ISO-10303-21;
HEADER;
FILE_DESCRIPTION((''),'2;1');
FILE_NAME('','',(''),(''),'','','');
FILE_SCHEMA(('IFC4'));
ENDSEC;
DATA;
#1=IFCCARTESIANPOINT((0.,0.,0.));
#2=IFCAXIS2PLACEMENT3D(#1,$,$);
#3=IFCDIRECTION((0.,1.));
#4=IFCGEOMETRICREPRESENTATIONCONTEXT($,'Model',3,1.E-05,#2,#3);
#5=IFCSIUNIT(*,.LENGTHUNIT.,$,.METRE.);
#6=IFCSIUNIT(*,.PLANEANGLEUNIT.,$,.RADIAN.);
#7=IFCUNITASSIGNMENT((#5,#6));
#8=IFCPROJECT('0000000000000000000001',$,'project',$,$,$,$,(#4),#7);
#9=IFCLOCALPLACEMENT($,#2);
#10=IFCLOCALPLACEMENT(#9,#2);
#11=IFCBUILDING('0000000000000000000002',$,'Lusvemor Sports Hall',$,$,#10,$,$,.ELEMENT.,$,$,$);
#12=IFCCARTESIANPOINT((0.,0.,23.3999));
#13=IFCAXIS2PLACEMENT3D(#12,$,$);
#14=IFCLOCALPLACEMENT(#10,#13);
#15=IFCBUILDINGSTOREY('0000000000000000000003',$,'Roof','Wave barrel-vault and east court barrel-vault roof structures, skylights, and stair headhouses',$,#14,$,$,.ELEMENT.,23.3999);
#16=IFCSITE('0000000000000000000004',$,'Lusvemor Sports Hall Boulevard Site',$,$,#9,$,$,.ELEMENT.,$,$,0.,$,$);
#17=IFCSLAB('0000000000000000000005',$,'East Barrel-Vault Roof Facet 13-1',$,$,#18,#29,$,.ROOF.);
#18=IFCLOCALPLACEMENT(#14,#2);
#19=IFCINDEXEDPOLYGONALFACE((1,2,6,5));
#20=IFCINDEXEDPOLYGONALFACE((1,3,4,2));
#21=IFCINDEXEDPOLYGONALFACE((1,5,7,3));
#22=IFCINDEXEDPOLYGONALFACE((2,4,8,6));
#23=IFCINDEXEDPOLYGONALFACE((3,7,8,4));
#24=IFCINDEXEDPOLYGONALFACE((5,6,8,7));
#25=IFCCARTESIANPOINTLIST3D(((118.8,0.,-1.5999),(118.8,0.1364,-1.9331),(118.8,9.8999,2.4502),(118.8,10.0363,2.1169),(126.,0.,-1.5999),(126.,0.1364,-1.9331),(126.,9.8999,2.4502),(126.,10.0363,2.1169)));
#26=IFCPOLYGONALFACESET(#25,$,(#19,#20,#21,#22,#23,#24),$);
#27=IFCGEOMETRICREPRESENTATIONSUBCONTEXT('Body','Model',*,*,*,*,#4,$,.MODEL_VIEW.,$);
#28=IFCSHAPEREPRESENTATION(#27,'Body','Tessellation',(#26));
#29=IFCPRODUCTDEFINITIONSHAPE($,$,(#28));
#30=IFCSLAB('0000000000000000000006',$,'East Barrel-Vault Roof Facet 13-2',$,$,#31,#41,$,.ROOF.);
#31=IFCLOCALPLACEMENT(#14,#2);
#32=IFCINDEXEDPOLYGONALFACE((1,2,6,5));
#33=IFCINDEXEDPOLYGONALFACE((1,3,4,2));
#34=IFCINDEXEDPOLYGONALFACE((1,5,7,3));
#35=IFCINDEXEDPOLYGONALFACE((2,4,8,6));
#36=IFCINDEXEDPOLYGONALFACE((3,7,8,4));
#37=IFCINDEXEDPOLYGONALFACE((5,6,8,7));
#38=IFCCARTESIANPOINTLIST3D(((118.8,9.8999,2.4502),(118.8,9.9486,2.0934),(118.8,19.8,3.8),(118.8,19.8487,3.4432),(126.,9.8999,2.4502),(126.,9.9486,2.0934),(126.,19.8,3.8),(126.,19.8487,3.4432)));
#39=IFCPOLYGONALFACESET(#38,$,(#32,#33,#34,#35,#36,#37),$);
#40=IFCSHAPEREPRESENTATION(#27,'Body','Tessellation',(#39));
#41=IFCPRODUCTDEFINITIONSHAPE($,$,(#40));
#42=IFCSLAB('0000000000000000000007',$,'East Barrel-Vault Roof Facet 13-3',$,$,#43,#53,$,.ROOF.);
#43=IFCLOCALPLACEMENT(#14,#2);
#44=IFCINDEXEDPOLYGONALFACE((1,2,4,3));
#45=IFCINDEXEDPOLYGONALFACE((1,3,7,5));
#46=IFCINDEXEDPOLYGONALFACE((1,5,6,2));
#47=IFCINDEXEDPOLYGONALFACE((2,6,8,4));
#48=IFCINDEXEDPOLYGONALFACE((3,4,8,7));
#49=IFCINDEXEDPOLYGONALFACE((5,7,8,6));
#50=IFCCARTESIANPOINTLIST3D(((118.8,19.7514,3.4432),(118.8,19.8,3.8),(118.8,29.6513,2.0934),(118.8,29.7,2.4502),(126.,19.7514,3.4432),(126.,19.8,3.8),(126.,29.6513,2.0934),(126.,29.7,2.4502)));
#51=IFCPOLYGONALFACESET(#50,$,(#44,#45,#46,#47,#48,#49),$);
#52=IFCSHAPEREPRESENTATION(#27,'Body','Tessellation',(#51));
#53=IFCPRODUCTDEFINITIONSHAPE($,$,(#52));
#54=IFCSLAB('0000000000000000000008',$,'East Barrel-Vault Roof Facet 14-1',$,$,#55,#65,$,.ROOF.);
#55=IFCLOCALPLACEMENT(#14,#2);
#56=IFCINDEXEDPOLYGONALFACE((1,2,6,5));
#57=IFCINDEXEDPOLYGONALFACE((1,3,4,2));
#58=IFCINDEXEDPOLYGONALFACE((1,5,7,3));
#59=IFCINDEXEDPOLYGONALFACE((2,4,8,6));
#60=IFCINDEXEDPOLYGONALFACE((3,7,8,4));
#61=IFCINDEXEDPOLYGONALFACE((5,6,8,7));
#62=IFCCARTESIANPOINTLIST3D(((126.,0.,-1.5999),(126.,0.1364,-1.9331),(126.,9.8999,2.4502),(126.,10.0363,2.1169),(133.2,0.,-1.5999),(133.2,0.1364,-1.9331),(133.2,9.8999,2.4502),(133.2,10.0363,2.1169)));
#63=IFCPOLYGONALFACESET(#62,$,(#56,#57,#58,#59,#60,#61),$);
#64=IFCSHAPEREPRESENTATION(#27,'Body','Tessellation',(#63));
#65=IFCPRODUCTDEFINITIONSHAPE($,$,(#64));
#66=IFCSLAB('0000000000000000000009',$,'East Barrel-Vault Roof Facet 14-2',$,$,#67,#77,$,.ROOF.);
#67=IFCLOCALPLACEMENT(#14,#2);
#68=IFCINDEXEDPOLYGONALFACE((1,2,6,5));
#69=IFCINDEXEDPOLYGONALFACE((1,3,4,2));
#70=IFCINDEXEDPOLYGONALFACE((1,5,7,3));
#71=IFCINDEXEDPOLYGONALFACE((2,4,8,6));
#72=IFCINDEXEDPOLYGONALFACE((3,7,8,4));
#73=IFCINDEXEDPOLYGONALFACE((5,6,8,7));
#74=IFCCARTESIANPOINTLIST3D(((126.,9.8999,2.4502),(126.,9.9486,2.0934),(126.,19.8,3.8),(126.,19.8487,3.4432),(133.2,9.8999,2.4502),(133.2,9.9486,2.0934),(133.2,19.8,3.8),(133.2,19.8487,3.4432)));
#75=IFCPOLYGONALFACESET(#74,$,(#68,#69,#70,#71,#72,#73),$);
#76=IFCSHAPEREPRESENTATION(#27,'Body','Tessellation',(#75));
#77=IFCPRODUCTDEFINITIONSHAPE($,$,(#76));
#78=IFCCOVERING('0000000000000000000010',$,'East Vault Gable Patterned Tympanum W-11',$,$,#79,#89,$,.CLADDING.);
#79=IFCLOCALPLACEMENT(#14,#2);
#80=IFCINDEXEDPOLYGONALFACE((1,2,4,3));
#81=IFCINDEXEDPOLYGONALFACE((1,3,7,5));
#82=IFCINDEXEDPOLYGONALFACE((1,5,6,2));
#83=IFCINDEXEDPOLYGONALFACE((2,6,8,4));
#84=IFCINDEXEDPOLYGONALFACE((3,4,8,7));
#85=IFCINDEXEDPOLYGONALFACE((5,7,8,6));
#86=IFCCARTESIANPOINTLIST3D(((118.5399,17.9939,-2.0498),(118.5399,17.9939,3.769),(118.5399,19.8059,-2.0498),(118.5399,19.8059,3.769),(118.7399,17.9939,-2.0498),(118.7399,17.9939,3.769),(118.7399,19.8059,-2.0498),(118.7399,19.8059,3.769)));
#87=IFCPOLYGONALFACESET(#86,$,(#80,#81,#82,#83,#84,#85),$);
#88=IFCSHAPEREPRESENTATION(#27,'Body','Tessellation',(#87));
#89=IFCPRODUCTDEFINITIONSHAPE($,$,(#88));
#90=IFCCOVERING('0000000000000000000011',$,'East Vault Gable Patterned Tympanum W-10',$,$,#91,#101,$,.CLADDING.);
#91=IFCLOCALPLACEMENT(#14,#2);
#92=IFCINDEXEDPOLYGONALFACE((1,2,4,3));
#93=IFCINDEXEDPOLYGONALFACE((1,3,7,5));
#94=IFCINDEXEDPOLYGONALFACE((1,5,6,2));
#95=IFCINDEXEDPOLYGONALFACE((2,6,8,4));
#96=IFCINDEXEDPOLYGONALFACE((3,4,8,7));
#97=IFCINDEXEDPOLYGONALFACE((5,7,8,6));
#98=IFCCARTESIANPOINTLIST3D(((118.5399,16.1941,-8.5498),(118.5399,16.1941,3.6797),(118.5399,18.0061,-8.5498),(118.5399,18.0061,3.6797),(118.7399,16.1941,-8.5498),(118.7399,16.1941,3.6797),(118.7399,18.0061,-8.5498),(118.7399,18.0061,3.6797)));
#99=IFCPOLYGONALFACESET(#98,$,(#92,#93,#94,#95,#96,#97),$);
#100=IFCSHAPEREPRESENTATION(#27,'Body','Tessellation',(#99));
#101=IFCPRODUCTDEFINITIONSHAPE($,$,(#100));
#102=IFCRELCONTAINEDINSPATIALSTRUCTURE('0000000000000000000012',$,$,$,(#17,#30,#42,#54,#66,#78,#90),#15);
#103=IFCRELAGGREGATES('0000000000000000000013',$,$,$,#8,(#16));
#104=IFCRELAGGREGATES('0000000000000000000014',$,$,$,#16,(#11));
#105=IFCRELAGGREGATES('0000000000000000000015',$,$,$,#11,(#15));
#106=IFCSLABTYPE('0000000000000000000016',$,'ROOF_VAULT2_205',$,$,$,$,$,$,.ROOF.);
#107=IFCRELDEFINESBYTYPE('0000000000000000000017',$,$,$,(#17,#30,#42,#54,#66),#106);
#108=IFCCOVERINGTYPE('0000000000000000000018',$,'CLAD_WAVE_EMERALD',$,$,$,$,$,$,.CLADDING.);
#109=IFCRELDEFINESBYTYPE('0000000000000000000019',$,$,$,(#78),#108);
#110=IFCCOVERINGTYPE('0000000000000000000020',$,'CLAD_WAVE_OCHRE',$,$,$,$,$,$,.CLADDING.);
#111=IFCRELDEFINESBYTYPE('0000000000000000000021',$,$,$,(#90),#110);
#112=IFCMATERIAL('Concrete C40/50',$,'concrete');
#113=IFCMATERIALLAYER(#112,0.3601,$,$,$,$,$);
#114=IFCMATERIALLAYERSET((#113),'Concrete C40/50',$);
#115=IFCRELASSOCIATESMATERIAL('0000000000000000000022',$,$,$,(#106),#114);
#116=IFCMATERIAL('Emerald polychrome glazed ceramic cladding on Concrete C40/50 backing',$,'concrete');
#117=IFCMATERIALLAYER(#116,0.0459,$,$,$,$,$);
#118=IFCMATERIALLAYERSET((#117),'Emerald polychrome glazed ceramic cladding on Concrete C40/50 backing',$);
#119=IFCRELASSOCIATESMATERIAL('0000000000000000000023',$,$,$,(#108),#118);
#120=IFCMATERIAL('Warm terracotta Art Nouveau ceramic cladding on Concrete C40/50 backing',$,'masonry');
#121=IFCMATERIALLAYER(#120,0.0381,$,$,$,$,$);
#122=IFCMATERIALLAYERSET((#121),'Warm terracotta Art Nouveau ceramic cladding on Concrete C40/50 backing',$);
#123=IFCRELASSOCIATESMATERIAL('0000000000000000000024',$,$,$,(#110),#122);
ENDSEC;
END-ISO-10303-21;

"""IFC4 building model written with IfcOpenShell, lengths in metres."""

from ifc_helpers import new_model, si_unit, direction, frame, origin, origin_2d, place, context, subcontext, project, spatial, polyline, rectangle, outline, extrude, material, layer, layer_set, type_object, element, save


model = new_model("IFC4")

# Units and contexts
model_context = context("Model", 3, precision=1e-05, world=origin(), true_north=direction((0.0, 1.0)))
body_context = subcontext(model_context, "Body", "Model", "MODEL_VIEW")
ifc_project = project(units=[si_unit("LENGTHUNIT", "METRE"), si_unit("PLANEANGLEUNIT", "RADIAN")], contexts=[model_context])

# Site, building, storey
site_placement = place(None, origin())
site = spatial("IfcSite", under=ifc_project, at=site_placement, Name="Lusvemor Sports Hall Boulevard Site", CompositionType="ELEMENT", RefElevation=0.0)
building_placement = place(site_placement, origin())
building = spatial("IfcBuilding", under=site, at=building_placement, Name="Lusvemor Sports Hall", CompositionType="ELEMENT")
storey_placement = place(building_placement, frame((0.0, 0.0, 23.3999)))
storey = spatial("IfcBuildingStorey", under=building, at=storey_placement, Name="Roof", Description="Wave barrel-vault and east court barrel-vault roof structures, skylights, and stair headhouses", CompositionType="ELEMENT", Elevation=23.3999)

# Slabs
ifc_material_1 = material(Name="Concrete C40/50", Category="concrete")
ifc_layer_1 = layer(ifc_material_1, 0.3601)
ifc_layer_set_1 = layer_set([ifc_layer_1], Name="Concrete C40/50")
slab_type = type_object("IfcSlabType", Name="ROOF_VAULT2_205", PredefinedType="ROOF", material=ifc_layer_set_1)
slab_1_placement = place(storey_placement, frame((118.8, 0.0, -1.5999), z_axis=(0.0, -0.37864, 0.925544), x_axis=(1.0, 0.0, 0.0)))
element("IfcSlab", 1, at=slab_1_placement, inside=storey, type_object=slab_type, Name="East Barrel-Vault Roof Facet 13-1", PredefinedType="ROOF", context=body_context, shape_type="SweptSolid", body=[
    extrude(outline(polyline([(0.0, 0.0), (7.2, 0.0), (7.2, 10.6963), (0.0, 10.6963), (0.0, 0.0)])), origin(), (0.0, 0.0, -1.0), 0.3601),
])
slab_2_placement = place(storey_placement, frame((118.8, 9.8999, 2.4502), z_axis=(0.0, -0.135097, 0.990832), x_axis=(1.0, 0.0, 0.0)))
element("IfcSlab", 2, at=slab_2_placement, inside=storey, type_object=slab_type, Name="East Barrel-Vault Roof Facet 13-2", PredefinedType="ROOF", context=body_context, shape_type="SweptSolid", body=[
    extrude(outline(polyline([(0.0, 0.0), (7.2, 0.0), (7.2, 9.9917), (0.0, 9.9917), (0.0, 0.0)])), origin(), (0.0, 0.0, -1.0), 0.3601),
])
slab_3_placement = place(storey_placement, frame((118.8, 19.8, 3.8), z_axis=(0.0, 0.1351, 0.990832), x_axis=(1.0, 0.0, 0.0)))
element("IfcSlab", 3, at=slab_3_placement, inside=storey, type_object=slab_type, Name="East Barrel-Vault Roof Facet 13-3", PredefinedType="ROOF", context=body_context, shape_type="SweptSolid", body=[
    extrude(outline(polyline([(0.0, 0.0), (7.2, 0.0), (7.2, 9.9915), (0.0, 9.9915), (0.0, 0.0)])), origin(), (0.0, 0.0, -1.0), 0.3601),
])
slab_4_placement = place(storey_placement, frame((126.0, 0.0, -1.5999), z_axis=(0.0, -0.37864, 0.925544), x_axis=(1.0, 0.0, 0.0)))
element("IfcSlab", 4, at=slab_4_placement, inside=storey, type_object=slab_type, Name="East Barrel-Vault Roof Facet 14-1", PredefinedType="ROOF", context=body_context, shape_type="SweptSolid", body=[
    extrude(outline(polyline([(0.0, 0.0), (7.2, 0.0), (7.2, 10.6963), (0.0, 10.6963), (0.0, 0.0)])), origin(), (0.0, 0.0, -1.0), 0.3601),
])
slab_5_placement = place(storey_placement, frame((126.0, 9.8999, 2.4502), z_axis=(0.0, -0.135097, 0.990832), x_axis=(1.0, 0.0, 0.0)))
element("IfcSlab", 5, at=slab_5_placement, inside=storey, type_object=slab_type, Name="East Barrel-Vault Roof Facet 14-2", PredefinedType="ROOF", context=body_context, shape_type="SweptSolid", body=[
    extrude(outline(polyline([(0.0, 0.0), (7.2, 0.0), (7.2, 9.9917), (0.0, 9.9917), (0.0, 0.0)])), origin(), (0.0, 0.0, -1.0), 0.3601),
])

# Coverings
ifc_material_2 = material(Name="Emerald polychrome glazed ceramic cladding on Concrete C40/50 backing", Category="concrete")
ifc_layer_2 = layer(ifc_material_2, 0.0459)
ifc_layer_set_2 = layer_set([ifc_layer_2], Name="Emerald polychrome glazed ceramic cladding on Concrete C40/50 backing")
covering_type_1 = type_object("IfcCoveringType", Name="CLAD_WAVE_EMERALD", PredefinedType="CLADDING", material=ifc_layer_set_2)
covering_1_placement = place(storey_placement, frame((118.6399, 18.8999, -2.0498), z_axis=(0.0, 0.0, 1.0), x_axis=(1.0, 0.0, 0.0)))
element("IfcCovering", 6, at=covering_1_placement, inside=storey, type_object=covering_type_1, Name="East Vault Gable Patterned Tympanum W-11", PredefinedType="CLADDING", context=body_context, shape_type="SweptSolid", body=[
    extrude(rectangle(XDim=0.2, YDim=1.812, at=origin_2d()), origin(), (0.0, 0.0, 1.0), 5.8188),
])
ifc_material_3 = material(Name="Warm terracotta Art Nouveau ceramic cladding on Concrete C40/50 backing", Category="masonry")
ifc_layer_3 = layer(ifc_material_3, 0.0381)
ifc_layer_set_3 = layer_set([ifc_layer_3], Name="Warm terracotta Art Nouveau ceramic cladding on Concrete C40/50 backing")
covering_type_2 = type_object("IfcCoveringType", Name="CLAD_WAVE_OCHRE", PredefinedType="CLADDING", material=ifc_layer_set_3)
covering_2_placement = place(storey_placement, frame((118.6399, 17.1001, -8.5498), z_axis=(0.0, 0.0, 1.0), x_axis=(1.0, 0.0, 0.0)))
element("IfcCovering", 7, at=covering_2_placement, inside=storey, type_object=covering_type_2, Name="East Vault Gable Patterned Tympanum W-10", PredefinedType="CLADDING", context=body_context, shape_type="SweptSolid", body=[
    extrude(rectangle(XDim=0.2, YDim=1.812, at=origin_2d()), origin(), (0.0, 0.0, 1.0), 12.2295),
])

save(model, "model.ifc")
